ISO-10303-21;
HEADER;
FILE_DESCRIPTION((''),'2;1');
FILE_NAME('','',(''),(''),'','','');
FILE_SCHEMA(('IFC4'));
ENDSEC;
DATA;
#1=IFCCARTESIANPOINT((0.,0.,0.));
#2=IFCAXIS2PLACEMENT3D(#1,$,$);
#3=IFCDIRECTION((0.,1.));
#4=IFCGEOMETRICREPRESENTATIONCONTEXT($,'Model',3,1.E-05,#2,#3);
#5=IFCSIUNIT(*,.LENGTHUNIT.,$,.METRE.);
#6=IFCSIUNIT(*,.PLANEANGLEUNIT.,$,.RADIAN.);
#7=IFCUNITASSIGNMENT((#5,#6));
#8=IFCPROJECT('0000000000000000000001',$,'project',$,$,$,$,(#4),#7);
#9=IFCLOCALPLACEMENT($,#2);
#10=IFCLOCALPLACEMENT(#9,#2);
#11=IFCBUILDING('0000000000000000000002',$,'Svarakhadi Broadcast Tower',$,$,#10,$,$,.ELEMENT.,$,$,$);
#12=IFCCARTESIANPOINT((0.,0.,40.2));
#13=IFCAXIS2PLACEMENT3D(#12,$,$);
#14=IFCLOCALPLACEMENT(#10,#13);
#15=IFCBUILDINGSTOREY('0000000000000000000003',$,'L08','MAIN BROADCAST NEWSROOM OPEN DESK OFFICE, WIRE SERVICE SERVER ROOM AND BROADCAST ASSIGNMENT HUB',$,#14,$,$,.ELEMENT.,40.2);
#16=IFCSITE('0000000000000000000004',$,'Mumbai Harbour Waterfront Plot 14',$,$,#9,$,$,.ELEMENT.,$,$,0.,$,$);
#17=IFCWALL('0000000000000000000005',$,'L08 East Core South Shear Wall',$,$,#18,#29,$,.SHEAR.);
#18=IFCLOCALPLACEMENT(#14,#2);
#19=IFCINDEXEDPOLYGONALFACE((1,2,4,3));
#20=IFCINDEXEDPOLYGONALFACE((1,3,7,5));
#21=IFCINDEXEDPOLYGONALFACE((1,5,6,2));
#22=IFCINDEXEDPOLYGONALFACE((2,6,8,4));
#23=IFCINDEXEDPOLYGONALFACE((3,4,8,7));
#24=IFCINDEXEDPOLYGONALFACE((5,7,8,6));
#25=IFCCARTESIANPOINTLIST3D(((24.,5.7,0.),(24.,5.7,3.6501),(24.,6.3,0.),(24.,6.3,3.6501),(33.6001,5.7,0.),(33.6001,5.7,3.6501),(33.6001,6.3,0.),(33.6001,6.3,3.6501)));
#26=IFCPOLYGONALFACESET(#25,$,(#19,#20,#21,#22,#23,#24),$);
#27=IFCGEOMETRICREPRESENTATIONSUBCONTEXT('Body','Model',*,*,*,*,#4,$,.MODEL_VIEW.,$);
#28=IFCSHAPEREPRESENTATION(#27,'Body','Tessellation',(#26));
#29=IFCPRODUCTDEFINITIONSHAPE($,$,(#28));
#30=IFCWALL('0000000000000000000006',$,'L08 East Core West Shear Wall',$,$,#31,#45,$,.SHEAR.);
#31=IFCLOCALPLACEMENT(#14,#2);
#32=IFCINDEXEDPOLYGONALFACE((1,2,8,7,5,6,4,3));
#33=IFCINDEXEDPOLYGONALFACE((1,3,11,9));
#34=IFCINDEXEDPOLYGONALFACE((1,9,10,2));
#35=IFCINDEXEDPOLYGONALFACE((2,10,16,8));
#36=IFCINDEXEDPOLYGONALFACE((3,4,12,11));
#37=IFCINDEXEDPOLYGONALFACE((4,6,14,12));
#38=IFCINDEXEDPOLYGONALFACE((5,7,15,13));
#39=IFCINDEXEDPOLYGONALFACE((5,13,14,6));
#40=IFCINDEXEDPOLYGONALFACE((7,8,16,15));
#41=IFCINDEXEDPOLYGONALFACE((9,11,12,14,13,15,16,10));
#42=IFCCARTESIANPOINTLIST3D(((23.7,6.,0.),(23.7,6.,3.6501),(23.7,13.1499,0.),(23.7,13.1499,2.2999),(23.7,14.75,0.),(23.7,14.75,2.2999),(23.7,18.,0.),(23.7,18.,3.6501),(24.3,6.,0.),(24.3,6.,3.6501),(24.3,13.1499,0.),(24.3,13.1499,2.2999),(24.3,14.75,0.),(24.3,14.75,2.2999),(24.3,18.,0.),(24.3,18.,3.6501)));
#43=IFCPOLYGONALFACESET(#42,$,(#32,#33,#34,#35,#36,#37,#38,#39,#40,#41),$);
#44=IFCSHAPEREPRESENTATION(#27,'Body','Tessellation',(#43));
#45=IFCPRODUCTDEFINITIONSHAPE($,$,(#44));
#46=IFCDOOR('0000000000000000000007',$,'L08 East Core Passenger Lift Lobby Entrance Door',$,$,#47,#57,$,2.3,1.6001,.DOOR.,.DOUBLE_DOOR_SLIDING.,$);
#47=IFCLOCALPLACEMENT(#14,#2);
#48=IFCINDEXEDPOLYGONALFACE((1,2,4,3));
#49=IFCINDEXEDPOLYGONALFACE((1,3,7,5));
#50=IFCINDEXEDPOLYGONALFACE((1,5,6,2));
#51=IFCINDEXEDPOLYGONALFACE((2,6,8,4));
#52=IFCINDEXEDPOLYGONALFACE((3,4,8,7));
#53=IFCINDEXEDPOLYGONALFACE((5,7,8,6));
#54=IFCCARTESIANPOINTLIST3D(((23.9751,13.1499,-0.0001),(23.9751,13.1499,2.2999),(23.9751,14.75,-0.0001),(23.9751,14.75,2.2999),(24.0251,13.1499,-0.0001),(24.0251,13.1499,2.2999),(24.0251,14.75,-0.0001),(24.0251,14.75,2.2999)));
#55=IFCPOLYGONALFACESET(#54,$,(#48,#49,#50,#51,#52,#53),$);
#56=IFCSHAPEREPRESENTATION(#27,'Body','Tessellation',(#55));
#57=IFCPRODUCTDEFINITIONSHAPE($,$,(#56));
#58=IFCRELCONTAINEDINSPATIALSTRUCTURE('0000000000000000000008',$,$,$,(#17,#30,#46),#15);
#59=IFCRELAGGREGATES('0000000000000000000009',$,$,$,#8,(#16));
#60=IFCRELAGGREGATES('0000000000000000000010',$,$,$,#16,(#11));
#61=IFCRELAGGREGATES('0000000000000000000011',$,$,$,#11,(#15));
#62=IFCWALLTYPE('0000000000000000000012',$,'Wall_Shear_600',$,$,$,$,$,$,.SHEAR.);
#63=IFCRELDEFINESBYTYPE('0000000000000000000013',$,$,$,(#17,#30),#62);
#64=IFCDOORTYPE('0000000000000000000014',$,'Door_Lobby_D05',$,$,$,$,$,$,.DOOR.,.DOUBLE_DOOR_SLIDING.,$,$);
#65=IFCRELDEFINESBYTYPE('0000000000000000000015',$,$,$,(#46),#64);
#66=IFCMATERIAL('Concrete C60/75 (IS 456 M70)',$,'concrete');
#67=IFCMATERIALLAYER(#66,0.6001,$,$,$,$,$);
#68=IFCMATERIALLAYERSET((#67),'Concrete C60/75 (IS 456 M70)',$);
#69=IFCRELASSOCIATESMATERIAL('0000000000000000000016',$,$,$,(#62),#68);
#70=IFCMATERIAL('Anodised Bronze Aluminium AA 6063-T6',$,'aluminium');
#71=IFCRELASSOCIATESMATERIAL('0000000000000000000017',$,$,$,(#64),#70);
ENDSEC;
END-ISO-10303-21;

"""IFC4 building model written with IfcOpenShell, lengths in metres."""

from ifc_helpers import new_model, si_unit, direction, frame, frame_2d, origin, place, context, subcontext, project, spatial, rectangle, extrude, material, layer, layer_set, type_object, element, fill, save


model = new_model("IFC4")

# Units and contexts
model_context = context("Model", 3, precision=1e-05, world=origin(), true_north=direction((0.0, 1.0)))
body_context = subcontext(model_context, "Body", "Model", "MODEL_VIEW")
ifc_project = project(units=[si_unit("LENGTHUNIT", "METRE"), si_unit("PLANEANGLEUNIT", "RADIAN")], contexts=[model_context])

# Site, building, storey
site_placement = place(None, origin())
site = spatial("IfcSite", under=ifc_project, at=site_placement, Name="Mumbai Harbour Waterfront Plot 14", CompositionType="ELEMENT", RefElevation=0.0)
building_placement = place(site_placement, origin())
building = spatial("IfcBuilding", under=site, at=building_placement, Name="Svarakhadi Broadcast Tower", CompositionType="ELEMENT")
storey_placement = place(building_placement, frame((0.0, 0.0, 40.2)))
storey = spatial("IfcBuildingStorey", under=building, at=storey_placement, Name="L08", Description="MAIN BROADCAST NEWSROOM OPEN DESK OFFICE, WIRE SERVICE SERVER ROOM AND BROADCAST ASSIGNMENT HUB", CompositionType="ELEMENT", Elevation=40.2)

# Shared definitions
ifc_material_1 = material(Name="Concrete C60/75 (IS 456 M70)", Category="concrete")

# Shared definitions
ifc_material_2 = material(Name="Anodised Bronze Aluminium AA 6063-T6", Category="aluminium")

# Wall
ifc_layer_1 = layer(ifc_material_1, 0.6001)
ifc_layer_set_1 = layer_set([ifc_layer_1], Name="Concrete C60/75 (IS 456 M70)")
wall_type_1 = type_object("IfcWallType", Name="Wall_Shear_600", PredefinedType="SHEAR", material=ifc_layer_set_1)
wall_1_placement = place(storey_placement, frame((24.0, 6.0, 0.0), z_axis=(0.0, 0.0, 1.0), x_axis=(1.0, 0.0, 0.0)))
element("IfcWall", 1, at=wall_1_placement, inside=storey, type_object=wall_type_1, Name="L08 East Core South Shear Wall", PredefinedType="SHEAR", context=body_context, shape_type="SweptSolid", body=[
    extrude(rectangle(XDim=9.6001, YDim=0.6001, at=frame_2d((4.8, 0.0))), origin(), (0.0, 0.0, 1.0), 3.6501),
])

# Wall, opening, door
wall_2_placement = place(storey_placement, frame((24.0, 6.0, 0.0), z_axis=(0.0, 0.0, 1.0), x_axis=(0.0, 1.0, 0.0)))
wall_2 = element("IfcWall", 2, at=wall_2_placement, inside=storey, type_object=wall_type_1, Name="L08 East Core West Shear Wall", PredefinedType="SHEAR", context=body_context, shape_type="SweptSolid", body=[
    extrude(rectangle(XDim=12.0, YDim=0.6001, at=frame_2d((6.0, 0.0))), origin(), (0.0, 0.0, 1.0), 3.6501),
])
opening_1_placement = place(wall_2_placement, frame((7.1499, 0.0, 0.0)))
opening_1 = element("IfcOpeningElement", 3, at=opening_1_placement, cuts=wall_2, PredefinedType="OPENING", context=body_context, shape_type="SweptSolid", body=[
    extrude(rectangle(XDim=1.6001, YDim=2.3, at=frame_2d((0.8, 1.1499))), frame((0.0, 0.3101, 0.0), z_axis=(0.0, -1.0, 0.0), x_axis=(1.0, 0.0, 0.0)), (0.0, 0.0, 1.0), 0.6201),
])
door_type_1 = type_object("IfcDoorType", Name="Door_Lobby_D05", OperationType="DOUBLE_DOOR_SLIDING", PredefinedType="DOOR", material=ifc_material_2)
door_1_placement = place(opening_1_placement, origin())
door_1 = element("IfcDoor", 4, at=door_1_placement, inside=storey, type_object=door_type_1, Name="L08 East Core Passenger Lift Lobby Entrance Door", OperationType="DOUBLE_DOOR_SLIDING", OverallHeight=2.3, OverallWidth=1.6001, PredefinedType="DOOR", context=body_context, shape_type="SweptSolid", body=[
    extrude(rectangle(XDim=1.6001, YDim=2.3, at=frame_2d((0.8, 1.1499))), frame((0.0, 0.0249, 0.0), z_axis=(0.0, -1.0, 0.0), x_axis=(1.0, 0.0, 0.0)), (0.0, 0.0, 1.0), 0.05),
])
fill(opening_1, door_1)

save(model, "model.ifc")
